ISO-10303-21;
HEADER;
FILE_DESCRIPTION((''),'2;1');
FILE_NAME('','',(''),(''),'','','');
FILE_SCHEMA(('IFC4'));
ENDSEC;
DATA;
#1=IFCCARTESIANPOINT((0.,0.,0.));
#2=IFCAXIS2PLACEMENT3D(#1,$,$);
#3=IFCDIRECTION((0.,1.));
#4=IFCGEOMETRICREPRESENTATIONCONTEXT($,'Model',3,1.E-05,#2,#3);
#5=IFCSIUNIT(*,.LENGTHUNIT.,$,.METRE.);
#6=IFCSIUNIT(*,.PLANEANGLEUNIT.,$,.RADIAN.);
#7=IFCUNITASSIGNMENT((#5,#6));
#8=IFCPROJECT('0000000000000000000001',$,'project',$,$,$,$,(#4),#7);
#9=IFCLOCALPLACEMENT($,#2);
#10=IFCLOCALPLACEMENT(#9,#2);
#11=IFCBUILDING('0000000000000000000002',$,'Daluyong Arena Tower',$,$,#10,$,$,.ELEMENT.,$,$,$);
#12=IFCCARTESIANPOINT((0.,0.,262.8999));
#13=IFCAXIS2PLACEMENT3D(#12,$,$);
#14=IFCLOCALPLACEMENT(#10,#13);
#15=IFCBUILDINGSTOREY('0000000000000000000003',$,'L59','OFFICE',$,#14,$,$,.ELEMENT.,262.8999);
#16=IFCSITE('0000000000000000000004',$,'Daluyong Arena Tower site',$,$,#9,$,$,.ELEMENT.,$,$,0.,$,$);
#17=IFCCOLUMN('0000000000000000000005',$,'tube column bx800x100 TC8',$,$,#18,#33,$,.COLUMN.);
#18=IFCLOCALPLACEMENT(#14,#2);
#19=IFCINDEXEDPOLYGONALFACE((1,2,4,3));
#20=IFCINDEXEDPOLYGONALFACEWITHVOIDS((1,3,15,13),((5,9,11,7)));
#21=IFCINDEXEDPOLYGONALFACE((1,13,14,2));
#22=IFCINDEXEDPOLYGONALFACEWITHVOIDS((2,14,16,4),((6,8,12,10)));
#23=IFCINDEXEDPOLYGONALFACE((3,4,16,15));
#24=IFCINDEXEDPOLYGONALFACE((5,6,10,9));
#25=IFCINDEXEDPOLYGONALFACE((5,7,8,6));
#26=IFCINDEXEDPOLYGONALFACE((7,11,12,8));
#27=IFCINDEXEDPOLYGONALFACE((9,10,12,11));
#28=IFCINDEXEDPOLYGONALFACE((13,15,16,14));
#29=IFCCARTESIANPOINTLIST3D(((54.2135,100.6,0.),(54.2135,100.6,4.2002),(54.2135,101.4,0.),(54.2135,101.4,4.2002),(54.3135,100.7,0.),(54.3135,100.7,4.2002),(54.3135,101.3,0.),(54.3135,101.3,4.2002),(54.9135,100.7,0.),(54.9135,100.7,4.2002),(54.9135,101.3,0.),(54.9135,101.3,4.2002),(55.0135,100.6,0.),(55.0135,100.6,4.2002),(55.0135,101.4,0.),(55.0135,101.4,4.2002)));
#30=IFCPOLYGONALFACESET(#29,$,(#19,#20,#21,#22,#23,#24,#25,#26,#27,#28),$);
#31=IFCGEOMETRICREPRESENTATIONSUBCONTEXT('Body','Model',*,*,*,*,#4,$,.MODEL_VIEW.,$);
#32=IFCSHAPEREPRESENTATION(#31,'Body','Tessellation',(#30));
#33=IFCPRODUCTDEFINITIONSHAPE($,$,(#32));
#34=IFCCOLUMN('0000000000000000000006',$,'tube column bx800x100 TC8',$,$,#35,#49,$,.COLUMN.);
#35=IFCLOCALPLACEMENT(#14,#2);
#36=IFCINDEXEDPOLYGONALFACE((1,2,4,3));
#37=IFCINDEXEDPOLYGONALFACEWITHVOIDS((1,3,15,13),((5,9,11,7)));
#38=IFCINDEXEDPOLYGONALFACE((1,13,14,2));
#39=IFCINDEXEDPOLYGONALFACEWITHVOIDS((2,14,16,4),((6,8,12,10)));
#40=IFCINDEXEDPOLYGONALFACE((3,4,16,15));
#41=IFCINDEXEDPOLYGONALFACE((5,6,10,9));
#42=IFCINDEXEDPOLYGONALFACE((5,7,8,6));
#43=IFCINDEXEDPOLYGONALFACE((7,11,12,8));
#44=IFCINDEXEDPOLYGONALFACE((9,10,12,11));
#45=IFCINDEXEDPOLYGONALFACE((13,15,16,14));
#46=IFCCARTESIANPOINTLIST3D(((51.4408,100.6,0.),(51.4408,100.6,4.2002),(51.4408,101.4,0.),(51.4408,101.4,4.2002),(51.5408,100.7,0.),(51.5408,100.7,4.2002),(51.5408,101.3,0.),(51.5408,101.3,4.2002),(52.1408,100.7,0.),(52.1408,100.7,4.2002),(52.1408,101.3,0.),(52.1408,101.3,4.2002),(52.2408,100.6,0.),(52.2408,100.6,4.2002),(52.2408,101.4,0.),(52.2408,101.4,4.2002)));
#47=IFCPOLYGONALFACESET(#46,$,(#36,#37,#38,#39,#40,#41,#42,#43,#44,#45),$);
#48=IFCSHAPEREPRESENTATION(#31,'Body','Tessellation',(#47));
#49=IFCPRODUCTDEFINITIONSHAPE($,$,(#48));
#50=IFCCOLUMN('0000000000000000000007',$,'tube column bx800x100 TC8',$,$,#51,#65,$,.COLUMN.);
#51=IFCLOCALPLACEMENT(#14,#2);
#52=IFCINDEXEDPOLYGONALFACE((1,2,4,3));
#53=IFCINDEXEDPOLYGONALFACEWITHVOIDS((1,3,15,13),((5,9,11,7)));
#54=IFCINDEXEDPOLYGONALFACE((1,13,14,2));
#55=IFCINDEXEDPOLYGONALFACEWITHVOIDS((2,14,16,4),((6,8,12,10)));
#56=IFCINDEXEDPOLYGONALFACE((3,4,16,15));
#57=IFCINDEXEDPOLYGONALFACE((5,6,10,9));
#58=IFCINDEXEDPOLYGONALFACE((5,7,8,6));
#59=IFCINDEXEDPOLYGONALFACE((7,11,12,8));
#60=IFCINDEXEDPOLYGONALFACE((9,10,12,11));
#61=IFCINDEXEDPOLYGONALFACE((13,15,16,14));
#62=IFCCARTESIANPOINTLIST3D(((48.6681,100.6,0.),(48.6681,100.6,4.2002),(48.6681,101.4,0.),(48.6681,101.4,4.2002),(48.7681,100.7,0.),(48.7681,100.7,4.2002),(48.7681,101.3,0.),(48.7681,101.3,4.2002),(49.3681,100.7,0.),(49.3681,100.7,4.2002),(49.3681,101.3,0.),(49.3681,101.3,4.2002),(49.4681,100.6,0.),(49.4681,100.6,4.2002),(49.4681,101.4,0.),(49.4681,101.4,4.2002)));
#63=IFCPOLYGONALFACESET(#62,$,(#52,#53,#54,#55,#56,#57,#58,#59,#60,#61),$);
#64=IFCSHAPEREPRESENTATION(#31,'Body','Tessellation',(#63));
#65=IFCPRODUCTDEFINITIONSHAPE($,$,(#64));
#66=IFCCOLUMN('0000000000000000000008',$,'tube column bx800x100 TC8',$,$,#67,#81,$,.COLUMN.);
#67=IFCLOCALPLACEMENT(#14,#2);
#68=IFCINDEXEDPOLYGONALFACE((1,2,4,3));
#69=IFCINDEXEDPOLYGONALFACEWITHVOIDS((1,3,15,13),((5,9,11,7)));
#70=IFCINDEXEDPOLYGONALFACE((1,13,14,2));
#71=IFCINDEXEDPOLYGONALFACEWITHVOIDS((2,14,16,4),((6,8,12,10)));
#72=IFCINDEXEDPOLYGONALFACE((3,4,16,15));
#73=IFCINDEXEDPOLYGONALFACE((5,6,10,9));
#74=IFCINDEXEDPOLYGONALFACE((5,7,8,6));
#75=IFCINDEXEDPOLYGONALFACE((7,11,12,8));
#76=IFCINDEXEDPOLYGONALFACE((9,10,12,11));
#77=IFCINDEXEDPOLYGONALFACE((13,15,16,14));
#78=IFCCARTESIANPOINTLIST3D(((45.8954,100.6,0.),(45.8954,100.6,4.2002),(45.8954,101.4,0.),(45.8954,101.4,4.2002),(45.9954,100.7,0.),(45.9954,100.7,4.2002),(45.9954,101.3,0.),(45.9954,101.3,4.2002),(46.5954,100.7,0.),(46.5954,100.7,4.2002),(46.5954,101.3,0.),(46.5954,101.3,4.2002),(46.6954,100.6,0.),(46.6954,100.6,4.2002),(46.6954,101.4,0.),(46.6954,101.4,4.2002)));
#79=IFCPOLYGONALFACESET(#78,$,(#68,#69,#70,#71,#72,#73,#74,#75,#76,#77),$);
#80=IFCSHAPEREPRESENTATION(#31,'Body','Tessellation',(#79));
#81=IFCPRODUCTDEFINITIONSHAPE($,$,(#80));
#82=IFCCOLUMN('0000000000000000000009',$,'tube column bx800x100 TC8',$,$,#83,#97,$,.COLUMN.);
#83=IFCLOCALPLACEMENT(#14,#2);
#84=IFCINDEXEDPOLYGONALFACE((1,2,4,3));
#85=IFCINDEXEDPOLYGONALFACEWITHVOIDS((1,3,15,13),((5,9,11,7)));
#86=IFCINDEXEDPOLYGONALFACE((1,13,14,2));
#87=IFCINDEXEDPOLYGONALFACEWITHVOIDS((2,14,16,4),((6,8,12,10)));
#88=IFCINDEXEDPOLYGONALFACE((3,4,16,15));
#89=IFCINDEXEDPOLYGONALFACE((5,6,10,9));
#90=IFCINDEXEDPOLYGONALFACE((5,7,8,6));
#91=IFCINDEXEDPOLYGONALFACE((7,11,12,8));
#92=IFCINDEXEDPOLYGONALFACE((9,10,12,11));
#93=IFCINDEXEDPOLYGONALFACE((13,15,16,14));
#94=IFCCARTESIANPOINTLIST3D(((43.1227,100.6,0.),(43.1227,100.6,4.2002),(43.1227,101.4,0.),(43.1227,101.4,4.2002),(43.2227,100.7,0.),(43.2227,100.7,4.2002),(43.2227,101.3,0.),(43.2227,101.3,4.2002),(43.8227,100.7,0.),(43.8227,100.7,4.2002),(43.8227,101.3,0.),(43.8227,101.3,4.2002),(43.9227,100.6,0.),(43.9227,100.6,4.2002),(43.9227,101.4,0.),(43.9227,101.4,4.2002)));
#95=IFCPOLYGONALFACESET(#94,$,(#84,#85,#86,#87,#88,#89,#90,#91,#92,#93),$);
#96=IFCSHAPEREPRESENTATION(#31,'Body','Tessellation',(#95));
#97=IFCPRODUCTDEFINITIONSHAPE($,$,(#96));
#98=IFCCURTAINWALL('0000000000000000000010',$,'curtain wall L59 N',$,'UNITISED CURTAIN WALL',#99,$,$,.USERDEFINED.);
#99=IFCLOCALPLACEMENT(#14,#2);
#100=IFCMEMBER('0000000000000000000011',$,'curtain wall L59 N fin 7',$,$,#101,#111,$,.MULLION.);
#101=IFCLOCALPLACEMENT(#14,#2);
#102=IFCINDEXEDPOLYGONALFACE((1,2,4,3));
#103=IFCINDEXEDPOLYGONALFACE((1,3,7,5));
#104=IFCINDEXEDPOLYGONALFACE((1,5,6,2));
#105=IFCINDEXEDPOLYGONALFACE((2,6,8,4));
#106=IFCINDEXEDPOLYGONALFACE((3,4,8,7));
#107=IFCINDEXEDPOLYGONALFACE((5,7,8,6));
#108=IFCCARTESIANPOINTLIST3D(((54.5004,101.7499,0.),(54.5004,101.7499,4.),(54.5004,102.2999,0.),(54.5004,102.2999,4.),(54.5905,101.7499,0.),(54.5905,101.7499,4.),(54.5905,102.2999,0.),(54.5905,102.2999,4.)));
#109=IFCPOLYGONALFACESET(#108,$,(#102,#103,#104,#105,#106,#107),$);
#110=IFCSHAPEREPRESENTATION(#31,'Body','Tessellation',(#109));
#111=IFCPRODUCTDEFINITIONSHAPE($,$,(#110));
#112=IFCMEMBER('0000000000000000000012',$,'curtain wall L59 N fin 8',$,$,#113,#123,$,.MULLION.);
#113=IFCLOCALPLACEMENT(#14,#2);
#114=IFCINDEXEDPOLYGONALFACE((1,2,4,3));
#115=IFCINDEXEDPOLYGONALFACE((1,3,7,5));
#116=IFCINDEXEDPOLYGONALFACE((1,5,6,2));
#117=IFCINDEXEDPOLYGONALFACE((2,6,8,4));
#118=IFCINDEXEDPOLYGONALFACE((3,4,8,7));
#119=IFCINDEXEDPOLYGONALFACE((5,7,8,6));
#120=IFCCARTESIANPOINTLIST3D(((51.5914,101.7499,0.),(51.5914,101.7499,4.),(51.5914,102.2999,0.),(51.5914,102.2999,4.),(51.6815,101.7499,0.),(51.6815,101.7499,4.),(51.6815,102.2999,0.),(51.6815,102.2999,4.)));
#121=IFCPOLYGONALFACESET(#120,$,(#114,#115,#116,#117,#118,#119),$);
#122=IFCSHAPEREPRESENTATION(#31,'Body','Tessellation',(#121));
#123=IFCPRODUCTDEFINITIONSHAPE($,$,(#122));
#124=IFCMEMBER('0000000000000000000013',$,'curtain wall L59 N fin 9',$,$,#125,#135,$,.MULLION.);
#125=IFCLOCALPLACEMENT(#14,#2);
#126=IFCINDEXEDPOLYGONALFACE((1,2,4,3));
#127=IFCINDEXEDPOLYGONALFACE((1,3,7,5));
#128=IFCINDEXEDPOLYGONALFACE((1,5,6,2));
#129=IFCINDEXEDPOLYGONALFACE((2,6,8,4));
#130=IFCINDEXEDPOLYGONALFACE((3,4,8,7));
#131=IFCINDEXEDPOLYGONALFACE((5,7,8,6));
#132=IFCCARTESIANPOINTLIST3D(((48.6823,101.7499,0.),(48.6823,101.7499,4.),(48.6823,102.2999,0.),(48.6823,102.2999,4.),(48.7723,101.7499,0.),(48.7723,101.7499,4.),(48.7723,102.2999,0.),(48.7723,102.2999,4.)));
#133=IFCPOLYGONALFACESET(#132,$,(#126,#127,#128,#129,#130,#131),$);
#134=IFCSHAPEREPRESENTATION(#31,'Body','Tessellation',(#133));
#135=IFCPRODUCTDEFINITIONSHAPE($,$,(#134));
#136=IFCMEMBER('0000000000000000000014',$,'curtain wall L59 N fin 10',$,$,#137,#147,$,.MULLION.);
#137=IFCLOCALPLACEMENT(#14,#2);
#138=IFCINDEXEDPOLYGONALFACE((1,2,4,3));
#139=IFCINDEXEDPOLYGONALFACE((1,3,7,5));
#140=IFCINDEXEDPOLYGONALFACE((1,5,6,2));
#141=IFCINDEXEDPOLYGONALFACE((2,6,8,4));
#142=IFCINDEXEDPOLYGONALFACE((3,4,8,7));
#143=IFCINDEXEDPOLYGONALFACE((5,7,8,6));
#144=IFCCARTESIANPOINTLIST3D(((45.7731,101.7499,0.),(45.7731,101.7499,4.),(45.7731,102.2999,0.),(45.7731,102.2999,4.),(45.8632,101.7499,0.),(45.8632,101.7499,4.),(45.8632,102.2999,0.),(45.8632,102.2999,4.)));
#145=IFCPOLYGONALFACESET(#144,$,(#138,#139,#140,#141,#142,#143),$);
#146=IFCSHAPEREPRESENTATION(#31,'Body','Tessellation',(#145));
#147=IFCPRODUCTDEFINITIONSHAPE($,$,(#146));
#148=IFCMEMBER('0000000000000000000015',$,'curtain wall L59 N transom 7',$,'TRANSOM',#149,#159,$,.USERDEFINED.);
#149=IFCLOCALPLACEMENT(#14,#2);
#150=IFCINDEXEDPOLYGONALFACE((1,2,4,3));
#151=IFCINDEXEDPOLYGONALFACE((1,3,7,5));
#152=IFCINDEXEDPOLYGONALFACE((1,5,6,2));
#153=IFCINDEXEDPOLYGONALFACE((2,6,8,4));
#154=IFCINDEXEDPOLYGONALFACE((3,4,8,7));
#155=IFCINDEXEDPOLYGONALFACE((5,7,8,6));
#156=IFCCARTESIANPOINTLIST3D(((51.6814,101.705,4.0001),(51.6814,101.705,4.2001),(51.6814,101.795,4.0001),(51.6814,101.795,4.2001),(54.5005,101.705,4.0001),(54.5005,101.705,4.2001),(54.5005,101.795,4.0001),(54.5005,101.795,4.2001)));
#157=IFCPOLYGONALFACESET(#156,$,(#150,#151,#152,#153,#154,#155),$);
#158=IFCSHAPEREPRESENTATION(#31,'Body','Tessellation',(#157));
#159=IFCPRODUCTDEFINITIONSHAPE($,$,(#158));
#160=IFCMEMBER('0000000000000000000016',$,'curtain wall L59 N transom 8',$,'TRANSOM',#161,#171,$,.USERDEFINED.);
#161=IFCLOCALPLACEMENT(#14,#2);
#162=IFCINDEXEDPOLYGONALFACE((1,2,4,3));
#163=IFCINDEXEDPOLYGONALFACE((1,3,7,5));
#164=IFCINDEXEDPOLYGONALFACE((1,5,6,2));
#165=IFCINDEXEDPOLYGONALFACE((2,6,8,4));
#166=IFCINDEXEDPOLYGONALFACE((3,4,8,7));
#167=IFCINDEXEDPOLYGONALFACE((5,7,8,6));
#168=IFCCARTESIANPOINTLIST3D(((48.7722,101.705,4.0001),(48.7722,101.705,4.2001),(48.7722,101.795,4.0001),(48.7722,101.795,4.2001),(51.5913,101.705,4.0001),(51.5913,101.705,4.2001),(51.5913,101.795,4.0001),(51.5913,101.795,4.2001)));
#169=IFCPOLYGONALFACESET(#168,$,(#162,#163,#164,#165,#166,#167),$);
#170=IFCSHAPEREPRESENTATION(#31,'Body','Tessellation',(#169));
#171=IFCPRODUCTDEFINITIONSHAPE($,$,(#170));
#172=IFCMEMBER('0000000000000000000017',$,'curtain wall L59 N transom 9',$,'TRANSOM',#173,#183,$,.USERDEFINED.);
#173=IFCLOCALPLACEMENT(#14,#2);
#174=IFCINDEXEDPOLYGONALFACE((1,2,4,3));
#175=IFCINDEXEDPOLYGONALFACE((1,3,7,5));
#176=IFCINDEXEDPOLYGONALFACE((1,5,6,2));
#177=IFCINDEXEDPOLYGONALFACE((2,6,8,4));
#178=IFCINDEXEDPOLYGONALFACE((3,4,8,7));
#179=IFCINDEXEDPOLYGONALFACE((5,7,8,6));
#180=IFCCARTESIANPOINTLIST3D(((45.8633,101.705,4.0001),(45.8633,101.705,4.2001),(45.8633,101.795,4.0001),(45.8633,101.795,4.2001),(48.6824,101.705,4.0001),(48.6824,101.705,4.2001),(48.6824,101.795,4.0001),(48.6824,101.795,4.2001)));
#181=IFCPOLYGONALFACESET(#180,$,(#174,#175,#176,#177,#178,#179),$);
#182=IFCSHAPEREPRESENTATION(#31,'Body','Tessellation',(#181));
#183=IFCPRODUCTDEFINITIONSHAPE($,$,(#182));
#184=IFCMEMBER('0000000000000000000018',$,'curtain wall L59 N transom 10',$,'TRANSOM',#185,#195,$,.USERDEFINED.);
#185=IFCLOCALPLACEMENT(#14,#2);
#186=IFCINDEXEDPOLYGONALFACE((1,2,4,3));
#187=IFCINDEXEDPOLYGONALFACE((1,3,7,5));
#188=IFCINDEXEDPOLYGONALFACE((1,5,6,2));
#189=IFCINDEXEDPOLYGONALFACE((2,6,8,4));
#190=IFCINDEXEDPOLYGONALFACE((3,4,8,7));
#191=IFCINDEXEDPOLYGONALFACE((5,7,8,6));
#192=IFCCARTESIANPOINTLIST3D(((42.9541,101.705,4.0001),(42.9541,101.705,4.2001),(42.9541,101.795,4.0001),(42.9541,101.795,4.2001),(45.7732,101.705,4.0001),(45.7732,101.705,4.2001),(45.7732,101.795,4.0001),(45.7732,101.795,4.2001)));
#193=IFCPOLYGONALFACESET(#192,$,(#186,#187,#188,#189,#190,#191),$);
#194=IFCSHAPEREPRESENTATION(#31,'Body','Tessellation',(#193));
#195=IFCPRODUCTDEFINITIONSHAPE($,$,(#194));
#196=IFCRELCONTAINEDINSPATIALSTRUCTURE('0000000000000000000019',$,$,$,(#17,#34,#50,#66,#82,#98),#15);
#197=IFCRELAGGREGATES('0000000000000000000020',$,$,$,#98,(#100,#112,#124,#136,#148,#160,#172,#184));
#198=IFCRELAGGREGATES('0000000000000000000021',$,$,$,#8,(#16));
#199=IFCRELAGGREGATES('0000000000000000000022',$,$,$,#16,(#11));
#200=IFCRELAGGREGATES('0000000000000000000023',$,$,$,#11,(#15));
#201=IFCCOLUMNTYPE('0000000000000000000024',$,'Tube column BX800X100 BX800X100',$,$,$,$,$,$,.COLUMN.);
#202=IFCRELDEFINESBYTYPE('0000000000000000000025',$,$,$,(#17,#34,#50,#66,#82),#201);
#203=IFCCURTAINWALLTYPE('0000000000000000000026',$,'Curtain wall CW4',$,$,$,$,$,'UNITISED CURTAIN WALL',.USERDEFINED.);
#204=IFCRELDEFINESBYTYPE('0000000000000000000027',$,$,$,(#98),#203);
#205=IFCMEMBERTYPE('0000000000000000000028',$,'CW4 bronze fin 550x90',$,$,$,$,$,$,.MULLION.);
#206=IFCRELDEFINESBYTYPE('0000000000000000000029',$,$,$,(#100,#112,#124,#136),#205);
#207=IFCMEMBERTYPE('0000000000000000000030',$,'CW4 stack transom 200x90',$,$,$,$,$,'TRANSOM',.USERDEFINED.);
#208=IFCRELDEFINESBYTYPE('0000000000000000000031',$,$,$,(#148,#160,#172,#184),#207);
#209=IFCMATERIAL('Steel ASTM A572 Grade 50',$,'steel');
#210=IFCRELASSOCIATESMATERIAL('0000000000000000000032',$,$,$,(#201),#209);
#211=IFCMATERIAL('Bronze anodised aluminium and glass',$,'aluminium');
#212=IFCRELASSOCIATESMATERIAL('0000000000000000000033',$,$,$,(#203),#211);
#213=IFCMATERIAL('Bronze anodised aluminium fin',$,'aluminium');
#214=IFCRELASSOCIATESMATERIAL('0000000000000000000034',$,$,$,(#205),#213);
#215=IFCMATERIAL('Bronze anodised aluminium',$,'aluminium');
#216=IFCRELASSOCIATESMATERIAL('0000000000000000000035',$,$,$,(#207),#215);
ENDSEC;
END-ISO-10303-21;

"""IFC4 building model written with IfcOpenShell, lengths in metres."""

from ifc_helpers import new_model, si_unit, direction, frame, origin, origin_2d, place, context, subcontext, project, spatial, rectangle, hollow_rectangle, extrude, material, material_profile, profile_set, type_object, element, aggregate, save


model = new_model("IFC4")

# Units and contexts
model_context = context("Model", 3, precision=1e-05, world=origin(), true_north=direction((0.0, 1.0)))
body_context = subcontext(model_context, "Body", "Model", "MODEL_VIEW")
ifc_project = project(units=[si_unit("LENGTHUNIT", "METRE"), si_unit("PLANEANGLEUNIT", "RADIAN")], contexts=[model_context])

# Site, building, storey
site_placement = place(None, origin())
site = spatial("IfcSite", under=ifc_project, at=site_placement, Name="Daluyong Arena Tower site", CompositionType="ELEMENT", RefElevation=0.0)
building_placement = place(site_placement, origin())
building = spatial("IfcBuilding", under=site, at=building_placement, Name="Daluyong Arena Tower", CompositionType="ELEMENT")
storey_placement = place(building_placement, frame((0.0, 0.0, 262.8999)))
storey = spatial("IfcBuildingStorey", under=building, at=storey_placement, Name="L59", Description="OFFICE", CompositionType="ELEMENT", Elevation=262.8999)

# Columns
ifc_material_1 = material(Name="Steel ASTM A572 Grade 50", Category="steel")
ifc_material_profile_1 = material_profile(ifc_material_1, hollow_rectangle(XDim=0.8, YDim=0.8, WallThickness=0.1, at=origin_2d()))
ifc_profile_set_1 = profile_set([ifc_material_profile_1], Name="Steel ASTM A572 Grade 50")
column_type = type_object("IfcColumnType", Name="Tube column BX800X100 BX800X100", PredefinedType="COLUMN", material=ifc_profile_set_1)
for number, where, z_axis, x_axis, name in (
    (1, (54.6135, 101.0, 0.0), (0.0, 0.0, 1.0), (1.0, 0.0, 0.0), "tube column bx800x100 TC8"),
    (2, (51.8408, 101.0, 0.0), (0.0, 0.0, 1.0), (1.0, 0.0, 0.0), "tube column bx800x100 TC8"),
    (3, (49.0681, 101.0, 0.0), (0.0, 0.0, 1.0), (1.0, 0.0, 0.0), "tube column bx800x100 TC8"),
    (4, (46.2954, 101.0, 0.0), (0.0, 0.0, 1.0), (1.0, 0.0, 0.0), "tube column bx800x100 TC8"),
    (5, (43.5227, 101.0, 0.0), (0.0, 0.0, 1.0), (1.0, 0.0, 0.0), "tube column bx800x100 TC8"),
):
    element("IfcColumn", number, at=place(storey_placement, frame(where, z_axis=z_axis, x_axis=x_axis)), inside=storey, type_object=column_type, Name=name, PredefinedType="COLUMN", context=body_context, shape_type="SweptSolid", body=[
        extrude(hollow_rectangle(XDim=0.8, YDim=0.8, WallThickness=0.1, at=origin_2d()), origin(), (0.0, 0.0, 1.0), 4.2002),
    ])

# Curtain wall, members
ifc_material_2 = material(Name="Bronze anodised aluminium and glass", Category="aluminium")
curtain_wall_type = type_object("IfcCurtainWallType", Name="Curtain wall CW4", ElementType="UNITISED CURTAIN WALL", PredefinedType="USERDEFINED", material=ifc_material_2)
curtain_wall_placement = place(storey_placement, origin())
curtain_wall = element("IfcCurtainWall", 6, at=curtain_wall_placement, inside=storey, type_object=curtain_wall_type, Name="curtain wall L59 N", ObjectType="UNITISED CURTAIN WALL", PredefinedType="USERDEFINED")
ifc_material_3 = material(Name="Bronze anodised aluminium fin", Category="aluminium")
ifc_material_profile_2 = material_profile(ifc_material_3, rectangle(XDim=0.55, YDim=0.0901, at=origin_2d()))
ifc_profile_set_2 = profile_set([ifc_material_profile_2], Name="Bronze anodised aluminium fin")
member_type_1 = type_object("IfcMemberType", Name="CW4 bronze fin 550x90", PredefinedType="MULLION", material=ifc_profile_set_2)
member_1_placement = place(storey_placement, frame((54.5454, 102.0249, 0.0), z_axis=(0.0, 0.0, 1.0), x_axis=(0.0, -1.0, 0.0)))
member_1 = element("IfcMember", 7, at=member_1_placement, type_object=member_type_1, Name="curtain wall L59 N fin 7", PredefinedType="MULLION", context=body_context, shape_type="SweptSolid", body=[
    extrude(rectangle(XDim=0.55, YDim=0.0901, at=origin_2d()), origin(), (0.0, 0.0, 1.0), 4.0),
])
member_2_placement = place(storey_placement, frame((51.6365, 102.0249, 0.0), z_axis=(0.0, 0.0, 1.0), x_axis=(0.0, -1.0, 0.0)))
member_2 = element("IfcMember", 8, at=member_2_placement, type_object=member_type_1, Name="curtain wall L59 N fin 8", PredefinedType="MULLION", context=body_context, shape_type="SweptSolid", body=[
    extrude(rectangle(XDim=0.55, YDim=0.0901, at=origin_2d()), origin(), (0.0, 0.0, 1.0), 4.0),
])
member_3_placement = place(storey_placement, frame((48.7273, 102.0249, 0.0), z_axis=(0.0, 0.0, 1.0), x_axis=(0.0, -1.0, 0.0)))
member_3 = element("IfcMember", 9, at=member_3_placement, type_object=member_type_1, Name="curtain wall L59 N fin 9", PredefinedType="MULLION", context=body_context, shape_type="SweptSolid", body=[
    extrude(rectangle(XDim=0.55, YDim=0.0901, at=origin_2d()), origin(), (0.0, 0.0, 1.0), 4.0),
])
member_4_placement = place(storey_placement, frame((45.8181, 102.0249, 0.0), z_axis=(0.0, 0.0, 1.0), x_axis=(0.0, -1.0, 0.0)))
member_4 = element("IfcMember", 10, at=member_4_placement, type_object=member_type_1, Name="curtain wall L59 N fin 10", PredefinedType="MULLION", context=body_context, shape_type="SweptSolid", body=[
    extrude(rectangle(XDim=0.55, YDim=0.0901, at=origin_2d()), origin(), (0.0, 0.0, 1.0), 4.0),
])
ifc_material_4 = material(Name="Bronze anodised aluminium", Category="aluminium")
ifc_material_profile_3 = material_profile(ifc_material_4, rectangle(XDim=0.0901, YDim=0.2, at=origin_2d()))
ifc_profile_set_3 = profile_set([ifc_material_profile_3], Name="Bronze anodised aluminium")
member_type_2 = type_object("IfcMemberType", Name="CW4 stack transom 200x90", ElementType="TRANSOM", PredefinedType="USERDEFINED", material=ifc_profile_set_3)
member_5_placement = place(storey_placement, frame((54.5005, 101.75, 4.1001), z_axis=(-1.0, 0.0, 0.0), x_axis=(0.0, -1.0, 0.0)))
member_5 = element("IfcMember", 11, at=member_5_placement, type_object=member_type_2, Name="curtain wall L59 N transom 7", ObjectType="TRANSOM", PredefinedType="USERDEFINED", context=body_context, shape_type="SweptSolid", body=[
    extrude(rectangle(XDim=0.0901, YDim=0.2, at=origin_2d()), origin(), (0.0, 0.0, 1.0), 2.8191),
])
member_6_placement = place(storey_placement, frame((51.5913, 101.75, 4.1001), z_axis=(-1.0, 0.0, 0.0), x_axis=(0.0, -1.0, 0.0)))
member_6 = element("IfcMember", 12, at=member_6_placement, type_object=member_type_2, Name="curtain wall L59 N transom 8", ObjectType="TRANSOM", PredefinedType="USERDEFINED", context=body_context, shape_type="SweptSolid", body=[
    extrude(rectangle(XDim=0.0901, YDim=0.2, at=origin_2d()), origin(), (0.0, 0.0, 1.0), 2.8191),
])
member_7_placement = place(storey_placement, frame((48.6824, 101.75, 4.1001), z_axis=(-1.0, 0.0, 0.0), x_axis=(0.0, -1.0, 0.0)))
member_7 = element("IfcMember", 13, at=member_7_placement, type_object=member_type_2, Name="curtain wall L59 N transom 9", ObjectType="TRANSOM", PredefinedType="USERDEFINED", context=body_context, shape_type="SweptSolid", body=[
    extrude(rectangle(XDim=0.0901, YDim=0.2, at=origin_2d()), origin(), (0.0, 0.0, 1.0), 2.8191),
])
member_8_placement = place(storey_placement, frame((45.7732, 101.75, 4.1001), z_axis=(-1.0, 0.0, 0.0), x_axis=(0.0, -1.0, 0.0)))
member_8 = element("IfcMember", 14, at=member_8_placement, type_object=member_type_2, Name="curtain wall L59 N transom 10", ObjectType="TRANSOM", PredefinedType="USERDEFINED", context=body_context, shape_type="SweptSolid", body=[
    extrude(rectangle(XDim=0.0901, YDim=0.2, at=origin_2d()), origin(), (0.0, 0.0, 1.0), 2.8191),
])

aggregate(curtain_wall, [member_1, member_2, member_3, member_4, member_5, member_6, member_7, member_8])

save(model, "model.ifc")
